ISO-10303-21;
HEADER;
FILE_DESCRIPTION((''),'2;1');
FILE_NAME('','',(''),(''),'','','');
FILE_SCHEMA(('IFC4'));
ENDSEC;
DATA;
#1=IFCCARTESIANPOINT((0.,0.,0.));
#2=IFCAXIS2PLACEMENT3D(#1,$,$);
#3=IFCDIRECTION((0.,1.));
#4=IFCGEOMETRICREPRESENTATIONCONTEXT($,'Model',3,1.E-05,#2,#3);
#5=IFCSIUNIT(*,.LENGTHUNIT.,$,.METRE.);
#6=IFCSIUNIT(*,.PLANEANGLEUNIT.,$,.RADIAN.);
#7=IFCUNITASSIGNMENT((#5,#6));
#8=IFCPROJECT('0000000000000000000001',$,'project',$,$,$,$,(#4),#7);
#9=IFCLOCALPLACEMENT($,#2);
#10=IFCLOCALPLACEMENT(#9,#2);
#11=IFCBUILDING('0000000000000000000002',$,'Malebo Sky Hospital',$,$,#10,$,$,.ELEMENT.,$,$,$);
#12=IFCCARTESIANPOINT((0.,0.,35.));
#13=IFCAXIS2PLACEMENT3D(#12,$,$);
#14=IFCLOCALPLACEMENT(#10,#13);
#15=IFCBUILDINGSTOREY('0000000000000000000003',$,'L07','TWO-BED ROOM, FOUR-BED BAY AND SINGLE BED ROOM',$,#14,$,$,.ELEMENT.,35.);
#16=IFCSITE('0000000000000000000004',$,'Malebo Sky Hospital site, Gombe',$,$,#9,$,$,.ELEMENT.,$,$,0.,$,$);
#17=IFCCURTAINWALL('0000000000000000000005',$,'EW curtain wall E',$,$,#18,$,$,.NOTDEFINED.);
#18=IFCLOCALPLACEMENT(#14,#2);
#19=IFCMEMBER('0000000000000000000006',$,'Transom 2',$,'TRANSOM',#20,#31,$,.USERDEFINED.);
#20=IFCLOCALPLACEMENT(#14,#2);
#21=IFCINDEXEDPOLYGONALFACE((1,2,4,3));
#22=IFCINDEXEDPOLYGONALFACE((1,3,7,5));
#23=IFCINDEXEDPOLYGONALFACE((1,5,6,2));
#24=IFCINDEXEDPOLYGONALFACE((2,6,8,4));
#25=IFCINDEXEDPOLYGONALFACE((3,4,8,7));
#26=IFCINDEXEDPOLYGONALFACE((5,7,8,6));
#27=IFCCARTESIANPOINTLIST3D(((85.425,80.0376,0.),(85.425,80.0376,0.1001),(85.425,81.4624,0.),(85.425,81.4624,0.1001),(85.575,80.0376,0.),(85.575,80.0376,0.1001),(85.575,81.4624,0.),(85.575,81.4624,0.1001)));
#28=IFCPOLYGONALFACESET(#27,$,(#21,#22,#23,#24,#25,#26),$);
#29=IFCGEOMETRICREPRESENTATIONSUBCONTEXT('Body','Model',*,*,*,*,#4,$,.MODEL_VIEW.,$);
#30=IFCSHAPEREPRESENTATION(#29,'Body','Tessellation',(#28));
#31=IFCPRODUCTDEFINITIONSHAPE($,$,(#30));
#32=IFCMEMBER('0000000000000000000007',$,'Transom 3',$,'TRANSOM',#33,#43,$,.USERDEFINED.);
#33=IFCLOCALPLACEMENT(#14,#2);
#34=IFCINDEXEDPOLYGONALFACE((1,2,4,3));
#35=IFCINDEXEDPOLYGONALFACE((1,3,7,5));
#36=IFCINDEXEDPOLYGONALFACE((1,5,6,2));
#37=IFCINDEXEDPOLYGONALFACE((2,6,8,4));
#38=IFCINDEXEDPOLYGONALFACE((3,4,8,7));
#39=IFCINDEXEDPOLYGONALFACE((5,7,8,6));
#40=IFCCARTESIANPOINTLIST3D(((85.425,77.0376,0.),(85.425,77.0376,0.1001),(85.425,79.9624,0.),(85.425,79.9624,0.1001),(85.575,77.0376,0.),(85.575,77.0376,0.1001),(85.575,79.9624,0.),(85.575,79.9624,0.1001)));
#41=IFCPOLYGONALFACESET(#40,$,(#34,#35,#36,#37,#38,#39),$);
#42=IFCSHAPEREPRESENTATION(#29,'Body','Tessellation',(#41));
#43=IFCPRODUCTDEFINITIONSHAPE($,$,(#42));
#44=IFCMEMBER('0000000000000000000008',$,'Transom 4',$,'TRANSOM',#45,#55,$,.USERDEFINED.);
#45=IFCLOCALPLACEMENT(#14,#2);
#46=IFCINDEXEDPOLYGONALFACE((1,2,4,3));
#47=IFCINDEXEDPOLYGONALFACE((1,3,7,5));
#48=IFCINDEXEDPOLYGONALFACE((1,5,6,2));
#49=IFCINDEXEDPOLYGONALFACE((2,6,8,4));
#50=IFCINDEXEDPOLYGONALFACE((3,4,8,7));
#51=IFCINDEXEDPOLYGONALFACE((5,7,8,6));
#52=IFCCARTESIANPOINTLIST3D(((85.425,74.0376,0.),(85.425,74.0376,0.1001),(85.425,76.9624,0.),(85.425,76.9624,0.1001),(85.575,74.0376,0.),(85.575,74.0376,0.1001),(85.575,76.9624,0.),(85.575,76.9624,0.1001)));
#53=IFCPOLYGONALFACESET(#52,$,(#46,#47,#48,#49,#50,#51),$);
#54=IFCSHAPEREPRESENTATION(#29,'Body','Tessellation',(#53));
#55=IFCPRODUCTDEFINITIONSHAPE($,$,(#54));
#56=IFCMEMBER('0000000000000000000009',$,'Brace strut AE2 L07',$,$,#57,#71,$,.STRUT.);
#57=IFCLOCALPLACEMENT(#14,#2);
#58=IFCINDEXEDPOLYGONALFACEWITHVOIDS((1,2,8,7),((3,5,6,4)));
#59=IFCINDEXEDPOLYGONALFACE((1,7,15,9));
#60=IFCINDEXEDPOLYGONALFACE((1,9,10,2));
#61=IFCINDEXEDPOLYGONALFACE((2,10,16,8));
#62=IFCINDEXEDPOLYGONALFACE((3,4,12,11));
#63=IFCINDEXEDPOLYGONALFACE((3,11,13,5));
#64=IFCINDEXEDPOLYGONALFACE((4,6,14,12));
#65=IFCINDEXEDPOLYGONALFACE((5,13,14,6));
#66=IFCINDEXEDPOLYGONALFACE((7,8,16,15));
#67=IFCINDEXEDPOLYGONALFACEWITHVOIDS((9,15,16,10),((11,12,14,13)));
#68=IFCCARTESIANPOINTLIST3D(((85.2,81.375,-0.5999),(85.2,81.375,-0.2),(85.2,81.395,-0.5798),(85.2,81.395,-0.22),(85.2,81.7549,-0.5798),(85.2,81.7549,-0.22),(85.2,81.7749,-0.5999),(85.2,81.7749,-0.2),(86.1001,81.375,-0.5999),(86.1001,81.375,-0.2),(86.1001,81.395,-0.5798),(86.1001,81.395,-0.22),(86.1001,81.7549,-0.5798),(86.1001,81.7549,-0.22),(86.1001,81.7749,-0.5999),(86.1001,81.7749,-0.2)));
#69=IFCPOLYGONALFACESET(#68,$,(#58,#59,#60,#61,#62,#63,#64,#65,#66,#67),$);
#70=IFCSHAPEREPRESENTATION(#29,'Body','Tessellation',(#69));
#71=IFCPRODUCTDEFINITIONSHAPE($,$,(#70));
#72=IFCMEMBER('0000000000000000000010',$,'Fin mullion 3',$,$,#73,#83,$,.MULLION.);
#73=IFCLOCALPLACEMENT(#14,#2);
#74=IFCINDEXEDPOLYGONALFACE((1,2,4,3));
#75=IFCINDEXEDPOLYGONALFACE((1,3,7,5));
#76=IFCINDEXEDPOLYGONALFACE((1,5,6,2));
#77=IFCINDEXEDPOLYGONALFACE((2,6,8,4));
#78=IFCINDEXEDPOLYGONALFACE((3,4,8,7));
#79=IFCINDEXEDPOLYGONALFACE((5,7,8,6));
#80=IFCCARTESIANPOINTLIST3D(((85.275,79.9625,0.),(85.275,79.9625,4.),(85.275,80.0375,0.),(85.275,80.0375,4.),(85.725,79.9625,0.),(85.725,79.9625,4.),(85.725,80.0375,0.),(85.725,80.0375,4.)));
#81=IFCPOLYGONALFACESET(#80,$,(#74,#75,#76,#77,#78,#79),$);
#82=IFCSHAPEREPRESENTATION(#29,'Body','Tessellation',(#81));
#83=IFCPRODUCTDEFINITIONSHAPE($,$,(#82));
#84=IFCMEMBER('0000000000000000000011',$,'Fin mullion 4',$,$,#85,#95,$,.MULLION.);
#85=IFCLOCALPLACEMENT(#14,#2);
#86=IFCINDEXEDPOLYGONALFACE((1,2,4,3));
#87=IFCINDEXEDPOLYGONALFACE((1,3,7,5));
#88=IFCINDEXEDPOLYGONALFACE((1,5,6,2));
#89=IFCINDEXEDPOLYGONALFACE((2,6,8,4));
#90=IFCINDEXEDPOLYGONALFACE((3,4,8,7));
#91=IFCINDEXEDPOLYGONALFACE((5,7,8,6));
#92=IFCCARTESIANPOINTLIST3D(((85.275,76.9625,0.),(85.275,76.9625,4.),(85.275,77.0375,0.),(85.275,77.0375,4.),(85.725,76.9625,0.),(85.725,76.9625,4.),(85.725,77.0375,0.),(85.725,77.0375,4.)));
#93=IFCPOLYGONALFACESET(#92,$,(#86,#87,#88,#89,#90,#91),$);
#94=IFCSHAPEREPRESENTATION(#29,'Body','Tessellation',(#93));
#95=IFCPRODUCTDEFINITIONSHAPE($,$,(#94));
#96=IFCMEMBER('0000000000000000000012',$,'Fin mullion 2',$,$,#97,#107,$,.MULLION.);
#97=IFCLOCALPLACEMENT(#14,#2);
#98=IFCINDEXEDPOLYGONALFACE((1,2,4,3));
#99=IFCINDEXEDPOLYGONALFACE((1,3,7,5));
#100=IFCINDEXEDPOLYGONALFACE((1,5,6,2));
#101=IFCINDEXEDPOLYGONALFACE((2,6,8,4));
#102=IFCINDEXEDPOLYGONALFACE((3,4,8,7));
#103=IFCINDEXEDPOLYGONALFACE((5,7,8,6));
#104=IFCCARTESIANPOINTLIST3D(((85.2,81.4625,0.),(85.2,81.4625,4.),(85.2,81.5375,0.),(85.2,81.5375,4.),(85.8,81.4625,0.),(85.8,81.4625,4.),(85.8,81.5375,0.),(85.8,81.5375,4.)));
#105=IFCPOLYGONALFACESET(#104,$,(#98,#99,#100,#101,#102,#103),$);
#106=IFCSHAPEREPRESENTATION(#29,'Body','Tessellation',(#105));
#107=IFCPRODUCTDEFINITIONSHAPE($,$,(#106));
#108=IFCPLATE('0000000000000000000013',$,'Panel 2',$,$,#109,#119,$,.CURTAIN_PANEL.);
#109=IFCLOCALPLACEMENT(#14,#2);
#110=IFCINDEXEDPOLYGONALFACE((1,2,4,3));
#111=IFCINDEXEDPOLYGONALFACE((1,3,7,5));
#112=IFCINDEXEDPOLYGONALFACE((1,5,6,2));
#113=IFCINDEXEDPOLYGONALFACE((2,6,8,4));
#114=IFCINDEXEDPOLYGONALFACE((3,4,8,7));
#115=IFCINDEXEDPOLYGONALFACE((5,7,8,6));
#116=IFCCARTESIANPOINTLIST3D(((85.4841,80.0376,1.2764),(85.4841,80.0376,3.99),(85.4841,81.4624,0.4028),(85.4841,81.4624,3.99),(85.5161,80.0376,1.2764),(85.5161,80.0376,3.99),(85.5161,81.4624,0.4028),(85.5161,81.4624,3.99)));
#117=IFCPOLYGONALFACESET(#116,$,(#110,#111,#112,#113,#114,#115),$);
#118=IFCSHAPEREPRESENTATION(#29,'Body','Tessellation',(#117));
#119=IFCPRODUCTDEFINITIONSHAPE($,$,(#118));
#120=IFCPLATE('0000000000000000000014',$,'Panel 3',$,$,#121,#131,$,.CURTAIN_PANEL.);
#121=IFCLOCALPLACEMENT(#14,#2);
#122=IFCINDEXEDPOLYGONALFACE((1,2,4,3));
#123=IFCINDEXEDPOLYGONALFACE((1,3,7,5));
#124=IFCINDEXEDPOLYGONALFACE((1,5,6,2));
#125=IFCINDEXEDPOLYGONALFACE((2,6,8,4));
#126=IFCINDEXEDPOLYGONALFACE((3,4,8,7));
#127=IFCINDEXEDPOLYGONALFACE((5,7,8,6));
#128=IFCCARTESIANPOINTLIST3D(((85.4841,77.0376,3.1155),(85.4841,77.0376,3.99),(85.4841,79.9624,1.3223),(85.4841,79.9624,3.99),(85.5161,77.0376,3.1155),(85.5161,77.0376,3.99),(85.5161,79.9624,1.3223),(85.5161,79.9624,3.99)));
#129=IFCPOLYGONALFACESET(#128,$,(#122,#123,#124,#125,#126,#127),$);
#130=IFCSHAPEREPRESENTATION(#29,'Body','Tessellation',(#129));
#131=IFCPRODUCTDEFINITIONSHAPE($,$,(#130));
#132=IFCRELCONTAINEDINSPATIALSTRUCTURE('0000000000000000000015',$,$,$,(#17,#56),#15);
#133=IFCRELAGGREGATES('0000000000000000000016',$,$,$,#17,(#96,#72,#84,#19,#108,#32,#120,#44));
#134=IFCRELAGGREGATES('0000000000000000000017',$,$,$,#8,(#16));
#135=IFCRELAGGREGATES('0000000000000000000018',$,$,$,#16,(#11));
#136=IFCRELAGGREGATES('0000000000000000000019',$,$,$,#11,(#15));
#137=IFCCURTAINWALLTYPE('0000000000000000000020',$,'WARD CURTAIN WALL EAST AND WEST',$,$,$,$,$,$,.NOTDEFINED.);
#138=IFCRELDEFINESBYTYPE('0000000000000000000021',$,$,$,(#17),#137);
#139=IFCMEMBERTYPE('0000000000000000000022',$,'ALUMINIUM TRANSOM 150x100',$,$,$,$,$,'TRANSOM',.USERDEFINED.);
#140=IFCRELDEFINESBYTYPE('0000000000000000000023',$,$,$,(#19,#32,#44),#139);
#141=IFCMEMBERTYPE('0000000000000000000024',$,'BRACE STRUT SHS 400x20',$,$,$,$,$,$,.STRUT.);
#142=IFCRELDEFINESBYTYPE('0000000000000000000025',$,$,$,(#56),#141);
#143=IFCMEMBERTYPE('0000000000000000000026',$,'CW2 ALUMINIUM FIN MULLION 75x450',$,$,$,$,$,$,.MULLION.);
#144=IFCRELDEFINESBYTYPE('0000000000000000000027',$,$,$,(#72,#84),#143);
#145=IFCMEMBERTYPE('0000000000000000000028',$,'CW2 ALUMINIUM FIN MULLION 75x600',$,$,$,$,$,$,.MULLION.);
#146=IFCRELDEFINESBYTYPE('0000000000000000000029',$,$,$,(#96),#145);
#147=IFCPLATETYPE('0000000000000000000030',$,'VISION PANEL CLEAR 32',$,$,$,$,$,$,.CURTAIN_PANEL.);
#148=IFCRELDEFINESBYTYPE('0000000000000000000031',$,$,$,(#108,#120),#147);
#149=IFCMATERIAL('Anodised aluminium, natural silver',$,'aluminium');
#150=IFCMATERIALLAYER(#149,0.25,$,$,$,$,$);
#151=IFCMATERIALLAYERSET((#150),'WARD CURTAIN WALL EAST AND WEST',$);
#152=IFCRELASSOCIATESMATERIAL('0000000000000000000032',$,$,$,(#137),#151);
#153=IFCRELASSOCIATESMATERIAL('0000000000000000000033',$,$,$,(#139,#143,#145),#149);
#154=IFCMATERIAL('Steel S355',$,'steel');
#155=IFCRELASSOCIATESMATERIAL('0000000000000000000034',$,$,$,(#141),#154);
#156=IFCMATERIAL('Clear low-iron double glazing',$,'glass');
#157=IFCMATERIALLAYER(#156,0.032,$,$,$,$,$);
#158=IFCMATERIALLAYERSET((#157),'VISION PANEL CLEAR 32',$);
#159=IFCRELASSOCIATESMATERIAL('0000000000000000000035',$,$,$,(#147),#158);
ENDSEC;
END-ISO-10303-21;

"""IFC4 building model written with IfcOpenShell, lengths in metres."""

from ifc_helpers import new_model, si_unit, direction, frame, origin, origin_2d, place, context, subcontext, project, spatial, polyline, rectangle, hollow_rectangle, outline, extrude, material, layer, layer_set, material_profile, profile_set, type_object, element, aggregate, save


model = new_model("IFC4")

# Units and contexts
model_context = context("Model", 3, precision=1e-05, world=origin(), true_north=direction((0.0, 1.0)))
body_context = subcontext(model_context, "Body", "Model", "MODEL_VIEW")
ifc_project = project(units=[si_unit("LENGTHUNIT", "METRE"), si_unit("PLANEANGLEUNIT", "RADIAN")], contexts=[model_context])

# Site, building, storey
site_placement = place(None, origin())
site = spatial("IfcSite", under=ifc_project, at=site_placement, Name="Malebo Sky Hospital site, Gombe", CompositionType="ELEMENT", RefElevation=0.0)
building_placement = place(site_placement, origin())
building = spatial("IfcBuilding", under=site, at=building_placement, Name="Malebo Sky Hospital", CompositionType="ELEMENT")
storey_placement = place(building_placement, frame((0.0, 0.0, 35.0)))
storey = spatial("IfcBuildingStorey", under=building, at=storey_placement, Name="L07", Description="TWO-BED ROOM, FOUR-BED BAY AND SINGLE BED ROOM", CompositionType="ELEMENT", Elevation=35.0)

# Curtain wall, members
ifc_material_1 = material(Name="Anodised aluminium, natural silver", Category="aluminium")
ifc_layer_1 = layer(ifc_material_1, 0.25)
ifc_layer_set_1 = layer_set([ifc_layer_1], Name="WARD CURTAIN WALL EAST AND WEST")
curtain_wall_type = type_object("IfcCurtainWallType", Name="WARD CURTAIN WALL EAST AND WEST", PredefinedType="NOTDEFINED", material=ifc_layer_set_1)
curtain_wall_placement = place(storey_placement, origin())
curtain_wall = element("IfcCurtainWall", 1, at=curtain_wall_placement, inside=storey, type_object=curtain_wall_type, Name="EW curtain wall E", PredefinedType="NOTDEFINED")
ifc_material_profile_1 = material_profile(ifc_material_1, rectangle(XDim=0.1499, YDim=0.1001, at=origin_2d()), Name="ALUMINIUM TRANSOM 150x100")
ifc_profile_set_1 = profile_set([ifc_material_profile_1], Name="Anodised aluminium, natural silver")
member_type_1 = type_object("IfcMemberType", Name="ALUMINIUM TRANSOM 150x100", ElementType="TRANSOM", PredefinedType="USERDEFINED", material=ifc_profile_set_1)
member_1_placement = place(storey_placement, frame((85.5, 81.4624, 0.05), z_axis=(0.0, -1.0, 0.0), x_axis=(1.0, 0.0, 0.0)))
member_1 = element("IfcMember", 2, at=member_1_placement, type_object=member_type_1, Name="Transom 2", ObjectType="TRANSOM", PredefinedType="USERDEFINED", context=body_context, shape_type="SweptSolid", body=[
    extrude(rectangle(XDim=0.1499, YDim=0.1001, at=origin_2d()), origin(), (0.0, 0.0, 1.0), 1.4248),
])
member_2_placement = place(storey_placement, frame((85.5, 79.9624, 0.05), z_axis=(0.0, -1.0, 0.0), x_axis=(1.0, 0.0, 0.0)))
member_2 = element("IfcMember", 3, at=member_2_placement, type_object=member_type_1, Name="Transom 3", ObjectType="TRANSOM", PredefinedType="USERDEFINED", context=body_context, shape_type="SweptSolid", body=[
    extrude(rectangle(XDim=0.1499, YDim=0.1001, at=origin_2d()), origin(), (0.0, 0.0, 1.0), 2.9248),
])
member_3_placement = place(storey_placement, frame((85.5, 76.9624, 0.05), z_axis=(0.0, -1.0, 0.0), x_axis=(1.0, 0.0, 0.0)))
member_3 = element("IfcMember", 4, at=member_3_placement, type_object=member_type_1, Name="Transom 4", ObjectType="TRANSOM", PredefinedType="USERDEFINED", context=body_context, shape_type="SweptSolid", body=[
    extrude(rectangle(XDim=0.1499, YDim=0.1001, at=origin_2d()), origin(), (0.0, 0.0, 1.0), 2.9248),
])

# Members
ifc_material_2 = material(Name="Steel S355", Category="steel")
ifc_material_profile_2 = material_profile(ifc_material_2, hollow_rectangle(XDim=0.3999, YDim=0.3999, WallThickness=0.02, at=origin_2d()), Name="SHS 400x20")
ifc_profile_set_2 = profile_set([ifc_material_profile_2], Name="Steel S355")
member_type_2 = type_object("IfcMemberType", Name="BRACE STRUT SHS 400x20", PredefinedType="STRUT", material=ifc_profile_set_2)
member_4_placement = place(storey_placement, frame((86.1001, 81.575, -0.3999), z_axis=(-1.0, 0.0, 0.0), x_axis=(0.0, -1.0, 0.0)))
element("IfcMember", 5, at=member_4_placement, inside=storey, type_object=member_type_2, Name="Brace strut AE2 L07", PredefinedType="STRUT", context=body_context, shape_type="SweptSolid", body=[
    extrude(hollow_rectangle(XDim=0.3999, YDim=0.3999, WallThickness=0.02, at=origin_2d()), origin(), (0.0, 0.0, 1.0), 0.9001),
])
ifc_material_profile_3 = material_profile(ifc_material_1, rectangle(XDim=0.075, YDim=0.45, at=origin_2d()), Name="CW2 ALUMINIUM FIN MULLION 75x450")
ifc_profile_set_3 = profile_set([ifc_material_profile_3], Name="Anodised aluminium, natural silver")
member_type_3 = type_object("IfcMemberType", Name="CW2 ALUMINIUM FIN MULLION 75x450", PredefinedType="MULLION", material=ifc_profile_set_3)
member_5_placement = place(storey_placement, frame((85.5, 80.0, 0.0), z_axis=(0.0, 0.0, 1.0), x_axis=(0.0, -1.0, 0.0)))
member_5 = element("IfcMember", 6, at=member_5_placement, type_object=member_type_3, Name="Fin mullion 3", PredefinedType="MULLION", context=body_context, shape_type="SweptSolid", body=[
    extrude(rectangle(XDim=0.075, YDim=0.45, at=origin_2d()), origin(), (0.0, 0.0, 1.0), 4.0),
])
member_6_placement = place(storey_placement, frame((85.5, 77.0, 0.0), z_axis=(0.0, 0.0, 1.0), x_axis=(0.0, -1.0, 0.0)))
member_6 = element("IfcMember", 7, at=member_6_placement, type_object=member_type_3, Name="Fin mullion 4", PredefinedType="MULLION", context=body_context, shape_type="SweptSolid", body=[
    extrude(rectangle(XDim=0.075, YDim=0.45, at=origin_2d()), origin(), (0.0, 0.0, 1.0), 4.0),
])
ifc_material_profile_4 = material_profile(ifc_material_1, rectangle(XDim=0.075, YDim=0.6001, at=origin_2d()), Name="CW2 ALUMINIUM FIN MULLION 75x600")
ifc_profile_set_4 = profile_set([ifc_material_profile_4], Name="Anodised aluminium, natural silver")
member_type_4 = type_object("IfcMemberType", Name="CW2 ALUMINIUM FIN MULLION 75x600", PredefinedType="MULLION", material=ifc_profile_set_4)
member_7_placement = place(storey_placement, frame((85.5, 81.5, 0.0), z_axis=(0.0, 0.0, 1.0), x_axis=(0.0, -1.0, 0.0)))
member_7 = element("IfcMember", 8, at=member_7_placement, type_object=member_type_4, Name="Fin mullion 2", PredefinedType="MULLION", context=body_context, shape_type="SweptSolid", body=[
    extrude(rectangle(XDim=0.075, YDim=0.6001, at=origin_2d()), origin(), (0.0, 0.0, 1.0), 4.0),
])

# Plates
ifc_material_3 = material(Name="Clear low-iron double glazing", Category="glass")
ifc_layer_2 = layer(ifc_material_3, 0.032)
ifc_layer_set_2 = layer_set([ifc_layer_2], Name="VISION PANEL CLEAR 32")
plate_type = type_object("IfcPlateType", Name="VISION PANEL CLEAR 32", PredefinedType="CURTAIN_PANEL", material=ifc_layer_set_2)
plate_1_placement = place(storey_placement, frame((85.5, 80.75, 0.4028), z_axis=(0.0, 0.0, 1.0), x_axis=(0.0, -1.0, 0.0)))
plate_1 = element("IfcPlate", 9, at=plate_1_placement, type_object=plate_type, Name="Panel 2", PredefinedType="CURTAIN_PANEL", context=body_context, shape_type="SweptSolid", body=[
    extrude(outline(polyline([(-0.7124, 0.0), (0.7124, 0.8735), (0.7124, 3.5872), (-0.7124, 3.5872), (-0.7124, 0.0)])), frame((0.0, 0.0161, 0.0), z_axis=(0.0, -1.0, 0.0), x_axis=(1.0, 0.0, 0.0)), (0.0, 0.0, 1.0), 0.032),
])
plate_2_placement = place(storey_placement, frame((85.5, 78.5, 1.3223), z_axis=(0.0, 0.0, 1.0), x_axis=(0.0, -1.0, 0.0)))
plate_2 = element("IfcPlate", 10, at=plate_2_placement, type_object=plate_type, Name="Panel 3", PredefinedType="CURTAIN_PANEL", context=body_context, shape_type="SweptSolid", body=[
    extrude(outline(polyline([(-1.4624, 0.0), (1.4624, 1.7932), (1.4624, 2.6677), (-1.4624, 2.6677), (-1.4624, 0.0)])), frame((0.0, 0.0161, 0.0), z_axis=(0.0, -1.0, 0.0), x_axis=(1.0, 0.0, 0.0)), (0.0, 0.0, 1.0), 0.032),
])
aggregate(curtain_wall, [member_7, member_5, member_6, member_1, plate_1, member_2, plate_2, member_3])

save(model, "model.ifc")
